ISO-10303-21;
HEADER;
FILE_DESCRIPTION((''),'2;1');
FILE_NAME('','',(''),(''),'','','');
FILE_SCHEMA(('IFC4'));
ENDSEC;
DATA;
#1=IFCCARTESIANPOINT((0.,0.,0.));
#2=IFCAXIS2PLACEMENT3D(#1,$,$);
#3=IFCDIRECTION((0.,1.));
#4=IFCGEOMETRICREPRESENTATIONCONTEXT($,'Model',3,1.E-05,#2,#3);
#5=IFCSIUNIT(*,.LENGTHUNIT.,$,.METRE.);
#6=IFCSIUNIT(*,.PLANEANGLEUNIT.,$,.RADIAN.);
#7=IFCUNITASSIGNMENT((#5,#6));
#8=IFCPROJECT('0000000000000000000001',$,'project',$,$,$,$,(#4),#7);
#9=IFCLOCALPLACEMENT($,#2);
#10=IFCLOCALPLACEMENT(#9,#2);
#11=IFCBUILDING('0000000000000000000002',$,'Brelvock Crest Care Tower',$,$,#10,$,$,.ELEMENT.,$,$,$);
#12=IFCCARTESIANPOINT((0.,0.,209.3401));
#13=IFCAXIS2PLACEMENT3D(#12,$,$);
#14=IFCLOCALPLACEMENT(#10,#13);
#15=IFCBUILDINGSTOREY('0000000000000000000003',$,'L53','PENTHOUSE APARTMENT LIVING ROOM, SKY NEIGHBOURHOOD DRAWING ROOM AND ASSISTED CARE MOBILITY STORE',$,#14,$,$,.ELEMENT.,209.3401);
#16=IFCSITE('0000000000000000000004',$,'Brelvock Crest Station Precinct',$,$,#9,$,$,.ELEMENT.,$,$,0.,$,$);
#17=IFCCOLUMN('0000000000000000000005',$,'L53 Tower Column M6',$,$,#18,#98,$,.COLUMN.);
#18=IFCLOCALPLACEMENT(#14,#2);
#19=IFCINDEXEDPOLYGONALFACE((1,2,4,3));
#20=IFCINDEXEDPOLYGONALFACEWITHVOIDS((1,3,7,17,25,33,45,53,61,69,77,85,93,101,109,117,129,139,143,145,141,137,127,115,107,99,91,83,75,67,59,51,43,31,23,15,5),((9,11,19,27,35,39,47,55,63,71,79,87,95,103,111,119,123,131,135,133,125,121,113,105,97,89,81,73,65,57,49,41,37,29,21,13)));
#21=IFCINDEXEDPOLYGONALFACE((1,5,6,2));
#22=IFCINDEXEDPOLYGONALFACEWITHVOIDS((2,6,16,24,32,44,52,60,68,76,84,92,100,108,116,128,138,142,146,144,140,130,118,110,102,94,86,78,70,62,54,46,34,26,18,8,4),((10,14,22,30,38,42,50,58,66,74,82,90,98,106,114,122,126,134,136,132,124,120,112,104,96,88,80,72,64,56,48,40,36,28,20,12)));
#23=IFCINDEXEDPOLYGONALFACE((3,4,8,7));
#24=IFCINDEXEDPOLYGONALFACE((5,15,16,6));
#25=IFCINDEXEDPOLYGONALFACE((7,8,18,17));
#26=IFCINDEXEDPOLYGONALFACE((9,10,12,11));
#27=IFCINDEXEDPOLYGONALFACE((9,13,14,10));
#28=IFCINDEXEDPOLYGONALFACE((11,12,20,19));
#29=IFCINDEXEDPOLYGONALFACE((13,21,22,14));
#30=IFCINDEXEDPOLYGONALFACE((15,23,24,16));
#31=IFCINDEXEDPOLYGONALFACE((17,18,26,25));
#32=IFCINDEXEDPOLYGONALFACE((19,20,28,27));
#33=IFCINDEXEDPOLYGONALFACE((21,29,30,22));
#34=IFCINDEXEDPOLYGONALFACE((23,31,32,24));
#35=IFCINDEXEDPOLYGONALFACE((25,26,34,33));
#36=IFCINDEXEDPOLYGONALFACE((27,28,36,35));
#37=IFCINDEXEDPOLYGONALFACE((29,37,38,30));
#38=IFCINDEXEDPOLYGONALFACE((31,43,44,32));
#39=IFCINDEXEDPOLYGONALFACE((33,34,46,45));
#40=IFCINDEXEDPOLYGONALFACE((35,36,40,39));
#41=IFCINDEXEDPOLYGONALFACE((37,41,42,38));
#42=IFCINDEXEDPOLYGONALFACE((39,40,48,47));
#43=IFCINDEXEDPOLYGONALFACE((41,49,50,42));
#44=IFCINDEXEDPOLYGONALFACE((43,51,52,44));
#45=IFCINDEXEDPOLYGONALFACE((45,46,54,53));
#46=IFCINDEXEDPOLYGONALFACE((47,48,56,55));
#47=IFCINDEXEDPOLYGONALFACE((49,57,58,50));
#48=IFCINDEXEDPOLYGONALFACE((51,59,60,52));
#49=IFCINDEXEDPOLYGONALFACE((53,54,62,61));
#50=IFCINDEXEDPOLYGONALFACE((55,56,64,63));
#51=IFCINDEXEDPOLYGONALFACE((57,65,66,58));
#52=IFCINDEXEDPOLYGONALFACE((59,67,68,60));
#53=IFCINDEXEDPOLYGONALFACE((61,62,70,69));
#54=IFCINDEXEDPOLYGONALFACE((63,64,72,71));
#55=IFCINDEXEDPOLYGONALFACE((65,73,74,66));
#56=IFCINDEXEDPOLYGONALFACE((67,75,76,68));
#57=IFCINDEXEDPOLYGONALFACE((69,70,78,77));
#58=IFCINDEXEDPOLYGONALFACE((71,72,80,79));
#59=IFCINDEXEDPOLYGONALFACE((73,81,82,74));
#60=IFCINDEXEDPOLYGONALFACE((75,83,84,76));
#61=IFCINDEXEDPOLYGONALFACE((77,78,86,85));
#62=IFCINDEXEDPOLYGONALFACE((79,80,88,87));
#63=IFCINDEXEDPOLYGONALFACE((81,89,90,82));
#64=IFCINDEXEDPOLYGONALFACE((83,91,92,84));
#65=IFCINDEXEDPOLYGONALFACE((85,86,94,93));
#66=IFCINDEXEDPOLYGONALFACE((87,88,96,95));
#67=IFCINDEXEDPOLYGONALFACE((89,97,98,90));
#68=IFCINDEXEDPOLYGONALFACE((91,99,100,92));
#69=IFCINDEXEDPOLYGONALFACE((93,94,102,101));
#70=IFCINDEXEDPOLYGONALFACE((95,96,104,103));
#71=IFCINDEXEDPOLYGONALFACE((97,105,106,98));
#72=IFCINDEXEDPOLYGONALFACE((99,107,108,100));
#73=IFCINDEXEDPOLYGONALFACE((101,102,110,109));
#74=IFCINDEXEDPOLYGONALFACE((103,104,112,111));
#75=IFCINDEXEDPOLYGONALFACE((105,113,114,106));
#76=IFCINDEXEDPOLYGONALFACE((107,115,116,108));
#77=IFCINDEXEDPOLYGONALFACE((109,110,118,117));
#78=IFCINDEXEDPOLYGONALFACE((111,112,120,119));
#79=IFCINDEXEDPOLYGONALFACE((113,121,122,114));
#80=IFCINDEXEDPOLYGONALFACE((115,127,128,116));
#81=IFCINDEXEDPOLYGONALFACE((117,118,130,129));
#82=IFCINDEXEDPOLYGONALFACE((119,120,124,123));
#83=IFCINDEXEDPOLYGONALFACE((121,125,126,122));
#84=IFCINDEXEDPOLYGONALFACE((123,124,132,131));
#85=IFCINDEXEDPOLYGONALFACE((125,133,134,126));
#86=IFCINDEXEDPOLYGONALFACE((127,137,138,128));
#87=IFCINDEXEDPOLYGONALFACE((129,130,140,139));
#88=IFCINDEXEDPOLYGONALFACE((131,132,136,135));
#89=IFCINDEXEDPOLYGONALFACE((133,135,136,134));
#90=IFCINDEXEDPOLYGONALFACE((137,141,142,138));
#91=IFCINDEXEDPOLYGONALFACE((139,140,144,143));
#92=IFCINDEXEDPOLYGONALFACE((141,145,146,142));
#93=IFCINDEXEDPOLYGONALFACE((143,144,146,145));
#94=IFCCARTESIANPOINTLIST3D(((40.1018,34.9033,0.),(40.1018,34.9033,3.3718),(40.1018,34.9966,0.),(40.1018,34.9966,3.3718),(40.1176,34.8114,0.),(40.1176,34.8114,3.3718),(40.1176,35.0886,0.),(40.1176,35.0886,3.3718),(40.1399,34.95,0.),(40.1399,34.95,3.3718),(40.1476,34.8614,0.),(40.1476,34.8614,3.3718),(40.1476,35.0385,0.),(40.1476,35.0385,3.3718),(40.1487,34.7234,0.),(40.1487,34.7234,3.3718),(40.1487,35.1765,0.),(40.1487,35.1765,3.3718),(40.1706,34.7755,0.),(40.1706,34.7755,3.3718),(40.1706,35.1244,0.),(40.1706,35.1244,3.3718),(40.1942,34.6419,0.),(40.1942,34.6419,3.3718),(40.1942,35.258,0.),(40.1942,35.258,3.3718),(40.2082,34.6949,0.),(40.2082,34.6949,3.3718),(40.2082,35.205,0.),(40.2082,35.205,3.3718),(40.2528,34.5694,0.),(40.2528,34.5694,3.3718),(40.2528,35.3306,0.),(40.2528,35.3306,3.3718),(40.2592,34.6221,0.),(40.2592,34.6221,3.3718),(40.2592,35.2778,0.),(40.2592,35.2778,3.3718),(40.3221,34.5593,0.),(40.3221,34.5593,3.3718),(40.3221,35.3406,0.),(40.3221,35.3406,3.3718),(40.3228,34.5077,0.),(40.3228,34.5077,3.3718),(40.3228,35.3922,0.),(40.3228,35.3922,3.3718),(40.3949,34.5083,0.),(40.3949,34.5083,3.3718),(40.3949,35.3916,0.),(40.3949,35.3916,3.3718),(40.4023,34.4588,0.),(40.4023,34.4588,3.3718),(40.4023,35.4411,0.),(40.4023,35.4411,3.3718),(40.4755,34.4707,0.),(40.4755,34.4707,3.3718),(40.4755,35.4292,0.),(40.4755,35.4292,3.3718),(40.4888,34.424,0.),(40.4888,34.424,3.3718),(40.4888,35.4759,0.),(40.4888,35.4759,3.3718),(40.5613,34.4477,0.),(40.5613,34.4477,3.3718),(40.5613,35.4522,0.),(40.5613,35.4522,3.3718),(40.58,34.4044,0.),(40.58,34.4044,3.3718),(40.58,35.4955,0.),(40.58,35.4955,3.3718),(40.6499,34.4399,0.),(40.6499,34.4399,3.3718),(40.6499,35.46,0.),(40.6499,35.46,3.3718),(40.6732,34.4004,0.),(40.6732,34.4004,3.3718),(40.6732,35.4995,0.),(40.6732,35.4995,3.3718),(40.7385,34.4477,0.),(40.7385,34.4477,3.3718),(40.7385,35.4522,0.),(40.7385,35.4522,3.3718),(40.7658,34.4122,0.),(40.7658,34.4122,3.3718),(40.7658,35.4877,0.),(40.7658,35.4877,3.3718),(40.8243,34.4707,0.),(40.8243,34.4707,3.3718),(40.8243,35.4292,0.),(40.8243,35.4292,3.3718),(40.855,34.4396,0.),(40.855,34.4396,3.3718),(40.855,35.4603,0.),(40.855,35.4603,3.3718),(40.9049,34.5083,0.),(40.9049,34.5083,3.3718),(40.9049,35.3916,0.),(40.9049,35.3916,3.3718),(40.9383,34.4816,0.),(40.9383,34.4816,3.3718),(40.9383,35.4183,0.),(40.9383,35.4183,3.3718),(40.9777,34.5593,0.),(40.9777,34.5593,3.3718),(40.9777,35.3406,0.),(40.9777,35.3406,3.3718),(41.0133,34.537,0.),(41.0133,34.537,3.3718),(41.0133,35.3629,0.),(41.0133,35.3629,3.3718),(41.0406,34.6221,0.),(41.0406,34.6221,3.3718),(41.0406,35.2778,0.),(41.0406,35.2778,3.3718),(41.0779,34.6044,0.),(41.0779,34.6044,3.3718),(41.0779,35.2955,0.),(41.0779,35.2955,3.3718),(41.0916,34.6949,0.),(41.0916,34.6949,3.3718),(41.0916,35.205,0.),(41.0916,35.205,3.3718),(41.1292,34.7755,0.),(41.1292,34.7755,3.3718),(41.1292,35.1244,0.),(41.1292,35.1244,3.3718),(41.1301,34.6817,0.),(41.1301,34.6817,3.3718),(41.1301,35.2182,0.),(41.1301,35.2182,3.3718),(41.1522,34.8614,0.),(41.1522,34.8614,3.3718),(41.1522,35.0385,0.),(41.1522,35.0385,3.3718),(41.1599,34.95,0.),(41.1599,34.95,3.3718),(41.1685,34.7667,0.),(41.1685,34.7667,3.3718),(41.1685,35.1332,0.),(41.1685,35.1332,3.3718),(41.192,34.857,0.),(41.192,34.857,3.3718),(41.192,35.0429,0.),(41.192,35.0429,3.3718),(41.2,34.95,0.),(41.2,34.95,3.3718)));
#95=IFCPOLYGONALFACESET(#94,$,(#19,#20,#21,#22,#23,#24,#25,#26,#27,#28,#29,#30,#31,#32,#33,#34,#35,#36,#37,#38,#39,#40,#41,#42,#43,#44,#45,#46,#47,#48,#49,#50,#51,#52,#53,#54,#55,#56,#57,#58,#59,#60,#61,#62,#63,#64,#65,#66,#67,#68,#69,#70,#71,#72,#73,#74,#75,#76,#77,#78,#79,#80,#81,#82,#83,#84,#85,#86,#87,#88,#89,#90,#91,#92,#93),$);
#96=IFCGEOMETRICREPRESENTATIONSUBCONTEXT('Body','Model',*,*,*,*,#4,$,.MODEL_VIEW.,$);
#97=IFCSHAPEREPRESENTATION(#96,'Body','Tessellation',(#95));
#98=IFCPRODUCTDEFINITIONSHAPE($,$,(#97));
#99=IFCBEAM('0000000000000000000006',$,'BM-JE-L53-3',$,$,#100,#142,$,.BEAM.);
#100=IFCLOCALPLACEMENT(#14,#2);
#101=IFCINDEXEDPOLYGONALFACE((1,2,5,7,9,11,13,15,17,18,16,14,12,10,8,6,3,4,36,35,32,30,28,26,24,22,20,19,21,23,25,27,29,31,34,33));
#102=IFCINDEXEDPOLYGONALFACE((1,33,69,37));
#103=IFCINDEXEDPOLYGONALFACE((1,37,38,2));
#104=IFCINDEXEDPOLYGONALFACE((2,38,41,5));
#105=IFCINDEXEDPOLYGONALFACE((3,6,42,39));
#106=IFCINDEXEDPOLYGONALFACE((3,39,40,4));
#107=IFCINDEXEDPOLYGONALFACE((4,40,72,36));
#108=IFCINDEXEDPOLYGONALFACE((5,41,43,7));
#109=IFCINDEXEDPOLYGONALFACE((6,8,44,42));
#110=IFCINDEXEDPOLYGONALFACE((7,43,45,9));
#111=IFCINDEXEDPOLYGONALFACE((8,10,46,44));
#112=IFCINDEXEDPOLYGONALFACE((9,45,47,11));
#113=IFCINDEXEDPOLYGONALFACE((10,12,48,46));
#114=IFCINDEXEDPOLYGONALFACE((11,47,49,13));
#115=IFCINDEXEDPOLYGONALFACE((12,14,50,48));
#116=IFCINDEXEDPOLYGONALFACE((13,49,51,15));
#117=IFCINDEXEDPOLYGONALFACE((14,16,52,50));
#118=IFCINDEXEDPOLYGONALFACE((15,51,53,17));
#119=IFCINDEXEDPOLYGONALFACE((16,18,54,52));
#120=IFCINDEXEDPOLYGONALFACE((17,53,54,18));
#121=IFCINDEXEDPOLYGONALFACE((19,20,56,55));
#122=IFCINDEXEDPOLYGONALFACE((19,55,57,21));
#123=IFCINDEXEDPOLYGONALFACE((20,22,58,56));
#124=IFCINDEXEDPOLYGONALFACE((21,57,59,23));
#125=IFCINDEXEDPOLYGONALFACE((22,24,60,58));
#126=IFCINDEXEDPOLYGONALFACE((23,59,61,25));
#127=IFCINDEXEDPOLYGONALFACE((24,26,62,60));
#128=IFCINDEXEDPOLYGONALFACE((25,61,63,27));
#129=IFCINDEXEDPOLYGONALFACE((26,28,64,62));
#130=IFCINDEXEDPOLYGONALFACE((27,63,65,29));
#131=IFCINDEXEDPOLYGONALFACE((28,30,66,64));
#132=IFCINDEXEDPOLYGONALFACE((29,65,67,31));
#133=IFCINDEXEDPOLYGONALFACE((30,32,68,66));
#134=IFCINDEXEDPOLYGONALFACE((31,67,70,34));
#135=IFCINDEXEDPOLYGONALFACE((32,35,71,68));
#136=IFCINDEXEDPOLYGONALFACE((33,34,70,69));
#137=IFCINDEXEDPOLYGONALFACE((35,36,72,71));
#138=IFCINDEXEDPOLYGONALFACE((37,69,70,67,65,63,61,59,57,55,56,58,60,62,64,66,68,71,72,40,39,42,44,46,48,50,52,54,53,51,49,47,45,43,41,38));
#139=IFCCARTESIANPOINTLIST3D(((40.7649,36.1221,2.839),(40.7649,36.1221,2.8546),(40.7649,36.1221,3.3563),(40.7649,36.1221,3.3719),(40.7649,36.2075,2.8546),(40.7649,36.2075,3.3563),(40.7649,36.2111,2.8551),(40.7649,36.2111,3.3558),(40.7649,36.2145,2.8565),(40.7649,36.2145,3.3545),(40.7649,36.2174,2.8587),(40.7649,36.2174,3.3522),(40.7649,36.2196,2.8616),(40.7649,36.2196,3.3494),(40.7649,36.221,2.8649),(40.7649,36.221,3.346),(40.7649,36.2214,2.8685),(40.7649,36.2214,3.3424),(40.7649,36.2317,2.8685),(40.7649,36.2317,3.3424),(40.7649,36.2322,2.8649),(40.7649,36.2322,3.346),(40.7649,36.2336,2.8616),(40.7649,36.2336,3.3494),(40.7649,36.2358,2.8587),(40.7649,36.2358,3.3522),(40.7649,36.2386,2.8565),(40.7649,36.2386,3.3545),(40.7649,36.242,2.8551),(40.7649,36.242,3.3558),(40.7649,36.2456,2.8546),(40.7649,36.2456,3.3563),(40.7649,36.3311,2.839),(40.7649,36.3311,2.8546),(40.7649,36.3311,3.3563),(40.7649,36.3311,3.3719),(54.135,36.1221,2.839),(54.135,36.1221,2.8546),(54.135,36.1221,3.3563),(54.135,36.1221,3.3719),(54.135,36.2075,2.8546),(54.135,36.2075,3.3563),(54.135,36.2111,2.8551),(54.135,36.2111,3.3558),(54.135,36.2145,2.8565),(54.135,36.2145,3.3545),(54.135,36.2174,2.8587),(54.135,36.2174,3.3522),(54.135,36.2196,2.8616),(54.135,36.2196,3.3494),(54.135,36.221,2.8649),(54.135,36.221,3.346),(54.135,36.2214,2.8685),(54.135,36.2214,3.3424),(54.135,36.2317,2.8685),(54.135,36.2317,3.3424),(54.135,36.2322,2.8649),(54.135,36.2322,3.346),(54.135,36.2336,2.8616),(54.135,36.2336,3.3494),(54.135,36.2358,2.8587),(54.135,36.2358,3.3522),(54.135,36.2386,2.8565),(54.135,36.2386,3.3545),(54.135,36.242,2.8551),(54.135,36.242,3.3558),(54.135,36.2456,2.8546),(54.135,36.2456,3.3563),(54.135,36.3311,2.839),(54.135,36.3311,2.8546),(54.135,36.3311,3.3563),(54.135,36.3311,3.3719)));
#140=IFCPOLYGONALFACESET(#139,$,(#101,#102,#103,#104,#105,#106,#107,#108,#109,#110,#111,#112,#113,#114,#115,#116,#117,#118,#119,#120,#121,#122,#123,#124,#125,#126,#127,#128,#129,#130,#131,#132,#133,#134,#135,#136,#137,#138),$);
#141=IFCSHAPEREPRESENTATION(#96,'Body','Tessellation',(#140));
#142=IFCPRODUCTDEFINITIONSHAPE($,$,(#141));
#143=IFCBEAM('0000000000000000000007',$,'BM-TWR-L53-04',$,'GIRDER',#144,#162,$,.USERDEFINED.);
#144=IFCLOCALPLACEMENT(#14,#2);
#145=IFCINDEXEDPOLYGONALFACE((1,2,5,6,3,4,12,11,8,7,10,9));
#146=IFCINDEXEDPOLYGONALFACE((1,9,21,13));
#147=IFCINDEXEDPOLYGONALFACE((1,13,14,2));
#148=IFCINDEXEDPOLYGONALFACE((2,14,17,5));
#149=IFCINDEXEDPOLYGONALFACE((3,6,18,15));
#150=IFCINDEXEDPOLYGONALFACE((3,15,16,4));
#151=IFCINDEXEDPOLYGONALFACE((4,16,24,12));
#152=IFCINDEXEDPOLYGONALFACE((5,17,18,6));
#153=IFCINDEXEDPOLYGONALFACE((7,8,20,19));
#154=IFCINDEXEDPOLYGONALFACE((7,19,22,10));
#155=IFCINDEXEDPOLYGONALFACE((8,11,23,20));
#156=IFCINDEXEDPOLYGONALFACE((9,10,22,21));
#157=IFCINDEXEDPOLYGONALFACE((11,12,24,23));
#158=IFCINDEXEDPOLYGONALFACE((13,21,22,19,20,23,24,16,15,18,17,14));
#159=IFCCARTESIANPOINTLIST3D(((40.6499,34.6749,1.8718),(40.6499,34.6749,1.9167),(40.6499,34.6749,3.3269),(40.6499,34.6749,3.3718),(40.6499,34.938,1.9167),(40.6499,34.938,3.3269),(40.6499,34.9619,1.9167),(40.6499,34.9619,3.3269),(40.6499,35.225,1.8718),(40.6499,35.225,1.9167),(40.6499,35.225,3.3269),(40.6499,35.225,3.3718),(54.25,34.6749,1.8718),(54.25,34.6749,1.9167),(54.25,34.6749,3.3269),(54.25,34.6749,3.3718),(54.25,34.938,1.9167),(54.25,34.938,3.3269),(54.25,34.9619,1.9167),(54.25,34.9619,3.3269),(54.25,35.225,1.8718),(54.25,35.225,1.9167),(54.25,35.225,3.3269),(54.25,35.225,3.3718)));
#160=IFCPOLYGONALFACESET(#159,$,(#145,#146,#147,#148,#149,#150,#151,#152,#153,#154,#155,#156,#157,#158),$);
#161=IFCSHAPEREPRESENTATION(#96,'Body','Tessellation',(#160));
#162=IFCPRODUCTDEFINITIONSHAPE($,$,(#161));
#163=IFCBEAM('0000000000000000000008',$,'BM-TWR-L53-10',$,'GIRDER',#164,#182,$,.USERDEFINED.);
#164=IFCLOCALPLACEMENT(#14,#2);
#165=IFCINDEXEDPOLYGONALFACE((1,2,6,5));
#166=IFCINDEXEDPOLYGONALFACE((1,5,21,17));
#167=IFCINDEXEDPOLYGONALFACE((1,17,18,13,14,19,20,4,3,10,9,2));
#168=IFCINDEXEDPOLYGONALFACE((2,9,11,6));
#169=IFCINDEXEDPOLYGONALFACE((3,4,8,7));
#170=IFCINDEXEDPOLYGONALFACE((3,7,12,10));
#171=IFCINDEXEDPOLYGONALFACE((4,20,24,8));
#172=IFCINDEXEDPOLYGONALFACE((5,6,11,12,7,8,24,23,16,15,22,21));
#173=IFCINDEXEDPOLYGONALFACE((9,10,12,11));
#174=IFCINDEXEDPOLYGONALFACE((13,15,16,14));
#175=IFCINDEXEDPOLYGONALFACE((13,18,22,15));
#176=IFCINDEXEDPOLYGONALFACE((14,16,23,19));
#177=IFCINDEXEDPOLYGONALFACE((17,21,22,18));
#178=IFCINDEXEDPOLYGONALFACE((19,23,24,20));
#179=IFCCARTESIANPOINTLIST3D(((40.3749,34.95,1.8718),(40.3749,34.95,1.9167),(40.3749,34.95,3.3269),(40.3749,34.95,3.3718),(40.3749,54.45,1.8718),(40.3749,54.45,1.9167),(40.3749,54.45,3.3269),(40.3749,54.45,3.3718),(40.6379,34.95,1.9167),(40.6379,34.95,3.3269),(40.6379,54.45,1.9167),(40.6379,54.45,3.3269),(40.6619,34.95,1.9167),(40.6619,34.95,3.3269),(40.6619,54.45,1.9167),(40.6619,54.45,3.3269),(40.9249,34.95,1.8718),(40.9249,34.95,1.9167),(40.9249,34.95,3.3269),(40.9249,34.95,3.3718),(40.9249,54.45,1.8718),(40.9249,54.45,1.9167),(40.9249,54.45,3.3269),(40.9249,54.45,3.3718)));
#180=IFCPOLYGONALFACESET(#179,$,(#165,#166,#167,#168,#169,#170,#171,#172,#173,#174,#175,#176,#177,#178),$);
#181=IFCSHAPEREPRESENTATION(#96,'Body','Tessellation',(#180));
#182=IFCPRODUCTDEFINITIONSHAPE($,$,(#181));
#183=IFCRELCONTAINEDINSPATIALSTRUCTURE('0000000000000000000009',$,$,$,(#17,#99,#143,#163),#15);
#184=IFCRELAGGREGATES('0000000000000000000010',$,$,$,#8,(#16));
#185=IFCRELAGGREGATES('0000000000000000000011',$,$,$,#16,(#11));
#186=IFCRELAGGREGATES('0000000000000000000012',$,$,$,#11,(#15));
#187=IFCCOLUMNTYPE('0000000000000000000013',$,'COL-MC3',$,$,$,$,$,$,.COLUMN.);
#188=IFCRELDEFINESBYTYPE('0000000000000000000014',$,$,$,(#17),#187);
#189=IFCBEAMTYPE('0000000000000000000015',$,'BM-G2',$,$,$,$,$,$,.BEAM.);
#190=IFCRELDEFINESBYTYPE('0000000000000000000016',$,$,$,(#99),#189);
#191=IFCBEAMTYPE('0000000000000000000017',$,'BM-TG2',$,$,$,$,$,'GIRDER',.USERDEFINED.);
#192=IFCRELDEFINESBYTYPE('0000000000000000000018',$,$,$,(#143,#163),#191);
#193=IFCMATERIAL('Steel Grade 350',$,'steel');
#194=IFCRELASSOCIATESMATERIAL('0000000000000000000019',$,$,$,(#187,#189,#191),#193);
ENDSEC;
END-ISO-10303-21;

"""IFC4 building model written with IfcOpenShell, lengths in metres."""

from ifc_helpers import new_model, si_unit, direction, frame, origin, origin_2d, place, context, subcontext, project, spatial, hollow_circle, i_section, extrude, source, transform, mapped, material, material_profile, profile_set, type_object, element, save


model = new_model("IFC4")

# Units and contexts
model_context = context("Model", 3, precision=1e-05, world=origin(), true_north=direction((0.0, 1.0)))
body_context = subcontext(model_context, "Body", "Model", "MODEL_VIEW")
ifc_project = project(units=[si_unit("LENGTHUNIT", "METRE"), si_unit("PLANEANGLEUNIT", "RADIAN")], contexts=[model_context])

# Site, building, storey
site_placement = place(None, origin())
site = spatial("IfcSite", under=ifc_project, at=site_placement, Name="Brelvock Crest Station Precinct", CompositionType="ELEMENT", RefElevation=0.0)
building_placement = place(site_placement, origin())
building = spatial("IfcBuilding", under=site, at=building_placement, Name="Brelvock Crest Care Tower", CompositionType="ELEMENT")
storey_placement = place(building_placement, frame((0.0, 0.0, 209.3401)))
storey = spatial("IfcBuildingStorey", under=building, at=storey_placement, Name="L53", Description="PENTHOUSE APARTMENT LIVING ROOM, SKY NEIGHBOURHOOD DRAWING ROOM AND ASSISTED CARE MOBILITY STORE", CompositionType="ELEMENT", Elevation=209.3401)

# Column
ifc_material_1 = material(Name="Steel Grade 350", Category="steel")
ifc_material_profile_1 = material_profile(ifc_material_1, hollow_circle(Radius=0.55, WallThickness=0.04, at=origin_2d()), Name="CFT1100x40")
ifc_profile_set_1 = profile_set([ifc_material_profile_1], Name="Steel Grade 350")
column_type = type_object("IfcColumnType", Name="COL-MC3", PredefinedType="COLUMN", material=ifc_profile_set_1)
shared_shape_1 = source(origin(), body_context, "Body", "SweptSolid", [
    extrude(hollow_circle(Radius=0.55, WallThickness=0.04, at=origin_2d()), origin(), (0.0, 0.0, 1.0), 3.3718),
])
column_placement = place(storey_placement, frame((40.6499, 34.95, 0.0), z_axis=(0.0, 0.0, 1.0), x_axis=(1.0, 0.0, 0.0)))
element("IfcColumn", 1, at=column_placement, inside=storey, type_object=column_type, Name="L53 Tower Column M6", PredefinedType="COLUMN", context=body_context, shape_type="MappedRepresentation", body=[
    mapped(shared_shape_1, transform((0.0, 0.0, 0.0), x_axis=(1.0, 0.0, 0.0), y_axis=(0.0, 1.0, 0.0), z_axis=(0.0, 0.0, 1.0), scale=1.0)),
])

# Beams
ifc_material_profile_2 = material_profile(ifc_material_1, i_section(OverallWidth=0.209, OverallDepth=0.533, WebThickness=0.0103, FlangeThickness=0.0156, FilletRadius=0.0139, at=origin_2d()), Name="530UB92.4")
ifc_profile_set_2 = profile_set([ifc_material_profile_2], Name="Steel Grade 350")
beam_type_1 = type_object("IfcBeamType", Name="BM-G2", PredefinedType="BEAM", material=ifc_profile_set_2)
shared_shape_2 = source(origin(), body_context, "Body", "SweptSolid", [
    extrude(i_section(OverallWidth=0.209, OverallDepth=0.533, WebThickness=0.0103, FlangeThickness=0.0156, FilletRadius=0.0139, at=origin_2d()), origin(), (0.0, 0.0, 1.0), 13.3701),
])
beam_1_placement = place(storey_placement, frame((40.7649, 36.2266, 3.1055), z_axis=(1.0, 0.0, 0.0), x_axis=(0.0, 1.0, 0.0)))
element("IfcBeam", 2, at=beam_1_placement, inside=storey, type_object=beam_type_1, Name="BM-JE-L53-3", PredefinedType="BEAM", context=body_context, shape_type="MappedRepresentation", body=[
    mapped(shared_shape_2, transform((0.0, 0.0, 0.0), x_axis=(1.0, 0.0, 0.0), y_axis=(0.0, 1.0, 0.0), z_axis=(0.0, 0.0, 1.0), scale=1.0)),
])
ifc_material_profile_3 = material_profile(ifc_material_1, i_section(OverallWidth=0.55, OverallDepth=1.5, WebThickness=0.0239, FlangeThickness=0.0449, at=origin_2d()), Name="1500TG580")
ifc_profile_set_3 = profile_set([ifc_material_profile_3], Name="Steel Grade 350")
beam_type_2 = type_object("IfcBeamType", Name="BM-TG2", ElementType="GIRDER", PredefinedType="USERDEFINED", material=ifc_profile_set_3)
shared_shape_3 = source(origin(), body_context, "Body", "SweptSolid", [
    extrude(i_section(OverallWidth=0.55, OverallDepth=1.5, WebThickness=0.0239, FlangeThickness=0.0449, at=origin_2d()), origin(), (0.0, 0.0, 1.0), 13.6001),
])
beam_2_placement = place(storey_placement, frame((40.6499, 34.95, 2.6218), z_axis=(1.0, 0.0, 0.0), x_axis=(0.0, 1.0, 0.0)))
element("IfcBeam", 3, at=beam_2_placement, inside=storey, type_object=beam_type_2, Name="BM-TWR-L53-04", ObjectType="GIRDER", PredefinedType="USERDEFINED", context=body_context, shape_type="MappedRepresentation", body=[
    mapped(shared_shape_3, transform((0.0, 0.0, 0.0), x_axis=(1.0, 0.0, 0.0), y_axis=(0.0, 1.0, 0.0), z_axis=(0.0, 0.0, 1.0), scale=1.0)),
])
shared_shape_4 = source(origin(), body_context, "Body", "SweptSolid", [
    extrude(i_section(OverallWidth=0.55, OverallDepth=1.5, WebThickness=0.0239, FlangeThickness=0.0449, at=origin_2d()), origin(), (0.0, 0.0, 1.0), 19.5),
])
beam_3_placement = place(storey_placement, frame((40.6499, 34.95, 2.6218), z_axis=(0.0, 1.0, 0.0), x_axis=(-1.0, 0.0, 0.0)))
element("IfcBeam", 4, at=beam_3_placement, inside=storey, type_object=beam_type_2, Name="BM-TWR-L53-10", ObjectType="GIRDER", PredefinedType="USERDEFINED", context=body_context, shape_type="MappedRepresentation", body=[
    mapped(shared_shape_4, transform((0.0, 0.0, 0.0), x_axis=(1.0, 0.0, 0.0), y_axis=(0.0, 1.0, 0.0), z_axis=(0.0, 0.0, 1.0), scale=1.0)),
])

save(model, "model.ifc")
